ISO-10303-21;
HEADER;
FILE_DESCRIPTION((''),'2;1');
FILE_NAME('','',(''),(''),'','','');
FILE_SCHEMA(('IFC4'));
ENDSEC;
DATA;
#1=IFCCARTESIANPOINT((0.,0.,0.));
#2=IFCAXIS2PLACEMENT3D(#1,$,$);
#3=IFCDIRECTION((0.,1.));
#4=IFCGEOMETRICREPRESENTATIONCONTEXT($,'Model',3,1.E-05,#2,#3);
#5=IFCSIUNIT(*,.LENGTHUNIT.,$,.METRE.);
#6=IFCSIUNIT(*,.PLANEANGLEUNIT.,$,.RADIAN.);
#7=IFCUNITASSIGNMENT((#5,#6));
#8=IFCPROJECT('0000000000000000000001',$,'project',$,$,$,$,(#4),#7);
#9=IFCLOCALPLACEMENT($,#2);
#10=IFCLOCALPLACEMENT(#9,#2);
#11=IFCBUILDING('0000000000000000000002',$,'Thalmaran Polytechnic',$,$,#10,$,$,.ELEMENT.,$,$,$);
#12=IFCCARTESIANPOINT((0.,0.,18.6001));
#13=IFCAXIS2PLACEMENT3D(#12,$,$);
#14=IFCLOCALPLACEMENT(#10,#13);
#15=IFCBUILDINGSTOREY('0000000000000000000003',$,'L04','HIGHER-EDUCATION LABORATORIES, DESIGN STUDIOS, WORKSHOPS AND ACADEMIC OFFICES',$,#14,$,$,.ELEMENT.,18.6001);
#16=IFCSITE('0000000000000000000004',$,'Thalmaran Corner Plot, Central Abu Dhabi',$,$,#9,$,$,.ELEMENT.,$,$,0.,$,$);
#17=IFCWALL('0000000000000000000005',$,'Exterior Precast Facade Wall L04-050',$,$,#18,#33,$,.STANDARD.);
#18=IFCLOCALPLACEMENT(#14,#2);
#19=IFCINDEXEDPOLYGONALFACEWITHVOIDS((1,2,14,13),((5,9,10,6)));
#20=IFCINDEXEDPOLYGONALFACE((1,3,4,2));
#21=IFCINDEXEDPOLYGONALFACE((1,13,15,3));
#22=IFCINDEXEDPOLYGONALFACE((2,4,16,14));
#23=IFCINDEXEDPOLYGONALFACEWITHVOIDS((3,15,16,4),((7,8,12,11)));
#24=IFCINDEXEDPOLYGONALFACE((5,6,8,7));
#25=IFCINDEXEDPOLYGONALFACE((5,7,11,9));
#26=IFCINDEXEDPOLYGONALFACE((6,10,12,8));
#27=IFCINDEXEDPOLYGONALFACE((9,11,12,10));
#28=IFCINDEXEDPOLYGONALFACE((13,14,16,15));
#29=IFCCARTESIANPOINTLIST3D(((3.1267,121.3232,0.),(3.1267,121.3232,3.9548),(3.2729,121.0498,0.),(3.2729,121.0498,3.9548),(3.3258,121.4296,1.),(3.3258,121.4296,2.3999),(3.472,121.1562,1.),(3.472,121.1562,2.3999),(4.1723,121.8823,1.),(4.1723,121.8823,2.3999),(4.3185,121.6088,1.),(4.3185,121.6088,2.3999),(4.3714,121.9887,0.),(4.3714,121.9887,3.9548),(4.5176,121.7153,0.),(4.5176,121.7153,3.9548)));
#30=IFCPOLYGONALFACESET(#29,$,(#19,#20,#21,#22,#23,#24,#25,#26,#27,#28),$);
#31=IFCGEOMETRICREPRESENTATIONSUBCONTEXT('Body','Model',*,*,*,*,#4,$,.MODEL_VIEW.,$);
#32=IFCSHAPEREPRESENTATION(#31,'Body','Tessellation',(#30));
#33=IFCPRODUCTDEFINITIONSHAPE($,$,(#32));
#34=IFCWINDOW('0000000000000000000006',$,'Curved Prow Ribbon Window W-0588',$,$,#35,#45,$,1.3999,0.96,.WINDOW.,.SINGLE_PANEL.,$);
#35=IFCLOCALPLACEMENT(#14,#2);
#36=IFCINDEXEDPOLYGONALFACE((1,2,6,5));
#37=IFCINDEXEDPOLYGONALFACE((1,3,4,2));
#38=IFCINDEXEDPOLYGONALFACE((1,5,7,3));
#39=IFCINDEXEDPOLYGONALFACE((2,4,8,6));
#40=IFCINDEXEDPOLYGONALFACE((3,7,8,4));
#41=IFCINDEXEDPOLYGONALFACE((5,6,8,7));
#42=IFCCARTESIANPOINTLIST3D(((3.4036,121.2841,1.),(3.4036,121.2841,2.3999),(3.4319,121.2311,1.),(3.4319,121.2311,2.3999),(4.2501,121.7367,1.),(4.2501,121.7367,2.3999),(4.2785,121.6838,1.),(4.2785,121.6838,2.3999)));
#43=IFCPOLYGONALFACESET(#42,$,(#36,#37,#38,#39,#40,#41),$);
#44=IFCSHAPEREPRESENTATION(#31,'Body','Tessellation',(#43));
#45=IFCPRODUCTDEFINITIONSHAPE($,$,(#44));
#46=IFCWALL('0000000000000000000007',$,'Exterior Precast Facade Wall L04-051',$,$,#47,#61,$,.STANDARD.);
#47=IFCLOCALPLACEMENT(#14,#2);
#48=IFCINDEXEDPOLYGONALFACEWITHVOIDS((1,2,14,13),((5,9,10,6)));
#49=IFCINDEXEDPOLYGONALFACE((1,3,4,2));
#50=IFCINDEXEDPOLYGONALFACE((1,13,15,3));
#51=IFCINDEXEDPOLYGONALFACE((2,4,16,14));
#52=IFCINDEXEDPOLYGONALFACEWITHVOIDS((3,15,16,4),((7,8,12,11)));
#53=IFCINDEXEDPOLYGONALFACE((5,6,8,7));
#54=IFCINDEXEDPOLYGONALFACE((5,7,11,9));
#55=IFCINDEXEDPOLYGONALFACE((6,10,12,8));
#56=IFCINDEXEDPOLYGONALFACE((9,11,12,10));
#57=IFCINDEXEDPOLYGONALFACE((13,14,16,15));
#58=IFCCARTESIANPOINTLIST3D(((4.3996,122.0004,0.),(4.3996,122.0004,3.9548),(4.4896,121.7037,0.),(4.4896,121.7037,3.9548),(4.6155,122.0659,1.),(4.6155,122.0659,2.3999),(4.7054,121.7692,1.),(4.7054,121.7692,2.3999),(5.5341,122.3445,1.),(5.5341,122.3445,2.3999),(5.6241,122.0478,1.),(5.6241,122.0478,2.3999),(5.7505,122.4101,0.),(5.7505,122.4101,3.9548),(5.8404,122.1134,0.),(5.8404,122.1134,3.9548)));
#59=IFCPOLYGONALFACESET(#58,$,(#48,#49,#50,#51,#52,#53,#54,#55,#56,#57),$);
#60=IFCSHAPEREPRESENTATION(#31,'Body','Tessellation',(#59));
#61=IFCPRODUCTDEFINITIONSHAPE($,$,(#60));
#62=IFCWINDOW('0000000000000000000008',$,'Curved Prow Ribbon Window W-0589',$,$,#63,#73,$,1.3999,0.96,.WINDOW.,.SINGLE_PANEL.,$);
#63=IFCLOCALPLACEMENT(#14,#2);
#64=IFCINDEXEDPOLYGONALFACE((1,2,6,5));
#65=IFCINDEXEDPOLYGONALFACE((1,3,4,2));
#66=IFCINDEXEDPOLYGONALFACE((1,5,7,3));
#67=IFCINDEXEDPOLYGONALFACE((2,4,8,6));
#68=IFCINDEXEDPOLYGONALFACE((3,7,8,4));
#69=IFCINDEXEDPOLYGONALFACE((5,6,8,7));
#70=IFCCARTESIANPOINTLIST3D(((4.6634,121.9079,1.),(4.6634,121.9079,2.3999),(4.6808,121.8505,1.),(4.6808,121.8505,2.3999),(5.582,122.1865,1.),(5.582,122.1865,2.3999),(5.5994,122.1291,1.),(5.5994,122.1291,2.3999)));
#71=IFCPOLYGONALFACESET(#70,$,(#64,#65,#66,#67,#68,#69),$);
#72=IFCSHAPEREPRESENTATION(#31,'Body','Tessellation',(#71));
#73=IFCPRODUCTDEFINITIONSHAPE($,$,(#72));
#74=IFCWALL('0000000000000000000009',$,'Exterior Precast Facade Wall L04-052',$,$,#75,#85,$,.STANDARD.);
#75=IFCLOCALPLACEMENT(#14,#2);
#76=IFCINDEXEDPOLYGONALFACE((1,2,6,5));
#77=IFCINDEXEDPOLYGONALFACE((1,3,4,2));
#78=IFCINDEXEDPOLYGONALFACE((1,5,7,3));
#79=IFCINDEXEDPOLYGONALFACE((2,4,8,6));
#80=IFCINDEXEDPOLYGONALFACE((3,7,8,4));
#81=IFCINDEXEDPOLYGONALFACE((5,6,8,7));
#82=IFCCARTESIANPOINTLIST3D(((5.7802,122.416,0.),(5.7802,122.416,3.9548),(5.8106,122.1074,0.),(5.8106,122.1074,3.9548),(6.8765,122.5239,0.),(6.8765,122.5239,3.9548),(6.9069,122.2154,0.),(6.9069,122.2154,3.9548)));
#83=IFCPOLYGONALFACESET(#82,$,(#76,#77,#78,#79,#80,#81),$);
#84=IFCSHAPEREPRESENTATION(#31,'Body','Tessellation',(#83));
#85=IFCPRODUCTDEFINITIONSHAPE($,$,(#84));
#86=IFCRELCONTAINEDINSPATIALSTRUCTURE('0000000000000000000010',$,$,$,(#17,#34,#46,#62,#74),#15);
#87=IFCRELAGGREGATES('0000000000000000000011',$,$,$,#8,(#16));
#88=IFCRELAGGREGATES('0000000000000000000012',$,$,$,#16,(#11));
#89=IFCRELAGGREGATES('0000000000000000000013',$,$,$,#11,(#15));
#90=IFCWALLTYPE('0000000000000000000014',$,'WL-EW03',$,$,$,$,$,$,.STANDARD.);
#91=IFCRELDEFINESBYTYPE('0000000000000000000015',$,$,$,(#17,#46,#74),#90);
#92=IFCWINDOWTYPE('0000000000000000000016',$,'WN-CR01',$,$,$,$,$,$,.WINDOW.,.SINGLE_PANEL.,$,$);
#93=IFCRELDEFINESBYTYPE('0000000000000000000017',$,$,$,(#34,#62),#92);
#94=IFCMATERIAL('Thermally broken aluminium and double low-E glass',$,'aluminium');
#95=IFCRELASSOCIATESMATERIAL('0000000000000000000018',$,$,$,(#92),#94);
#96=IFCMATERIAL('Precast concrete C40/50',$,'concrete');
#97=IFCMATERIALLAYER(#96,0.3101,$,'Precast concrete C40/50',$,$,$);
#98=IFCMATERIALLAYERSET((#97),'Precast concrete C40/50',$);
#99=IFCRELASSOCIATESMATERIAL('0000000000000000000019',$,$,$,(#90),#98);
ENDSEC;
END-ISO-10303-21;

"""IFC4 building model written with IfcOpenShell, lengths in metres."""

from ifc_helpers import new_model, si_unit, direction, frame, frame_2d, origin, place, context, subcontext, project, spatial, rectangle, extrude, material, layer, layer_set, type_object, element, fill, save


model = new_model("IFC4")

# Units and contexts
model_context = context("Model", 3, precision=1e-05, world=origin(), true_north=direction((0.0, 1.0)))
body_context = subcontext(model_context, "Body", "Model", "MODEL_VIEW")
ifc_project = project(units=[si_unit("LENGTHUNIT", "METRE"), si_unit("PLANEANGLEUNIT", "RADIAN")], contexts=[model_context])

# Site, building, storey
site_placement = place(None, origin())
site = spatial("IfcSite", under=ifc_project, at=site_placement, Name="Thalmaran Corner Plot, Central Abu Dhabi", CompositionType="ELEMENT", RefElevation=0.0)
building_placement = place(site_placement, origin())
building = spatial("IfcBuilding", under=site, at=building_placement, Name="Thalmaran Polytechnic", CompositionType="ELEMENT")
storey_placement = place(building_placement, frame((0.0, 0.0, 18.6001)))
storey = spatial("IfcBuildingStorey", under=building, at=storey_placement, Name="L04", Description="HIGHER-EDUCATION LABORATORIES, DESIGN STUDIOS, WORKSHOPS AND ACADEMIC OFFICES", CompositionType="ELEMENT", Elevation=18.6001)

# Walls, openings, windows
ifc_material_1 = material(Name="Precast concrete C40/50", Category="concrete")
ifc_material_2 = material(Name="Thermally broken aluminium and double low-E glass", Category="aluminium")
window_type = type_object("IfcWindowType", Name="WN-CR01", PartitioningType="SINGLE_PANEL", PredefinedType="WINDOW", material=ifc_material_2)
ifc_layer_1 = layer(ifc_material_1, 0.3101, Name="Precast concrete C40/50")
ifc_layer_set_1 = layer_set([ifc_layer_1], Name="Precast concrete C40/50")
wall_type_1 = type_object("IfcWallType", Name="WL-EW03", PredefinedType="STANDARD", material=ifc_layer_set_1)
wall_1_placement = place(storey_placement, frame((3.2, 121.1865, 0.0), z_axis=(0.0, 0.0, 1.0), x_axis=(0.881845, 0.47154, 0.0)))
wall_1 = element("IfcWall", 1, at=wall_1_placement, inside=storey, type_object=wall_type_1, Name="Exterior Precast Facade Wall L04-050", PredefinedType="STANDARD", context=body_context, shape_type="SweptSolid", body=[
    extrude(rectangle(XDim=1.4114, YDim=0.3101, at=frame_2d((0.7056, 0.0))), origin(), (0.0, 0.0, 1.0), 3.9548),
])
opening_1_placement = place(wall_1_placement, frame((0.2256, 0.0, 1.0)))
opening_1 = element("IfcOpeningElement", 2, at=opening_1_placement, cuts=wall_1, PredefinedType="OPENING", context=body_context, shape_type="SweptSolid", body=[
    extrude(rectangle(XDim=0.96, YDim=1.3999, at=frame_2d((0.48, 0.7))), frame((0.0, 0.165, 0.0), z_axis=(0.0, -1.0, 0.0), x_axis=(1.0, 0.0, 0.0)), (0.0, 0.0, 1.0), 0.3301),
])
window_1_placement = place(opening_1_placement, origin())
window_1 = element("IfcWindow", 3, at=window_1_placement, inside=storey, type_object=window_type, Name="Curved Prow Ribbon Window W-0588", OverallHeight=1.3999, OverallWidth=0.96, PartitioningType="SINGLE_PANEL", PredefinedType="WINDOW", context=body_context, shape_type="SweptSolid", body=[
    extrude(rectangle(XDim=0.96, YDim=1.3999, at=frame_2d((0.48, 0.7))), frame((0.0, -0.01, 0.0), z_axis=(0.0, -1.0, 0.0), x_axis=(1.0, 0.0, 0.0)), (0.0, 0.0, 1.0), 0.0601),
])
fill(opening_1, window_1)
wall_2_placement = place(storey_placement, frame((4.4446, 121.8521, 0.0), z_axis=(0.0, 0.0, 1.0), x_axis=(0.95696, 0.290219, 0.0)))
wall_2 = element("IfcWall", 4, at=wall_2_placement, inside=storey, type_object=wall_type_1, Name="Exterior Precast Facade Wall L04-051", PredefinedType="STANDARD", context=body_context, shape_type="SweptSolid", body=[
    extrude(rectangle(XDim=1.4116, YDim=0.3101, at=frame_2d((0.7058, 0.0))), origin(), (0.0, 0.0, 1.0), 3.9548),
])
opening_2_placement = place(wall_2_placement, frame((0.2256, 0.0, 1.0)))
opening_2 = element("IfcOpeningElement", 5, at=opening_2_placement, cuts=wall_2, PredefinedType="OPENING", context=body_context, shape_type="SweptSolid", body=[
    extrude(rectangle(XDim=0.96, YDim=1.3999, at=frame_2d((0.48, 0.7))), frame((0.0, 0.165, 0.0), z_axis=(0.0, -1.0, 0.0), x_axis=(1.0, 0.0, 0.0)), (0.0, 0.0, 1.0), 0.3301),
])
window_2_placement = place(opening_2_placement, origin())
window_2 = element("IfcWindow", 6, at=window_2_placement, inside=storey, type_object=window_type, Name="Curved Prow Ribbon Window W-0589", OverallHeight=1.3999, OverallWidth=0.96, PartitioningType="SINGLE_PANEL", PredefinedType="WINDOW", context=body_context, shape_type="SweptSolid", body=[
    extrude(rectangle(XDim=0.96, YDim=1.3999, at=frame_2d((0.48, 0.7))), frame((0.0, -0.01, 0.0), z_axis=(0.0, -1.0, 0.0), x_axis=(1.0, 0.0, 0.0)), (0.0, 0.0, 1.0), 0.0601),
])
fill(opening_2, window_2)

# Wall
wall_3_placement = place(storey_placement, frame((5.7954, 122.2617, 0.0), z_axis=(0.0, 0.0, 1.0), x_axis=(0.99519, 0.097967, 0.0)))
element("IfcWall", 7, at=wall_3_placement, inside=storey, type_object=wall_type_1, Name="Exterior Precast Facade Wall L04-052", PredefinedType="STANDARD", context=body_context, shape_type="SweptSolid", body=[
    extrude(rectangle(XDim=1.1016, YDim=0.3101, at=frame_2d((0.5508, 0.0))), origin(), (0.0, 0.0, 1.0), 3.9548),
])

save(model, "model.ifc")
